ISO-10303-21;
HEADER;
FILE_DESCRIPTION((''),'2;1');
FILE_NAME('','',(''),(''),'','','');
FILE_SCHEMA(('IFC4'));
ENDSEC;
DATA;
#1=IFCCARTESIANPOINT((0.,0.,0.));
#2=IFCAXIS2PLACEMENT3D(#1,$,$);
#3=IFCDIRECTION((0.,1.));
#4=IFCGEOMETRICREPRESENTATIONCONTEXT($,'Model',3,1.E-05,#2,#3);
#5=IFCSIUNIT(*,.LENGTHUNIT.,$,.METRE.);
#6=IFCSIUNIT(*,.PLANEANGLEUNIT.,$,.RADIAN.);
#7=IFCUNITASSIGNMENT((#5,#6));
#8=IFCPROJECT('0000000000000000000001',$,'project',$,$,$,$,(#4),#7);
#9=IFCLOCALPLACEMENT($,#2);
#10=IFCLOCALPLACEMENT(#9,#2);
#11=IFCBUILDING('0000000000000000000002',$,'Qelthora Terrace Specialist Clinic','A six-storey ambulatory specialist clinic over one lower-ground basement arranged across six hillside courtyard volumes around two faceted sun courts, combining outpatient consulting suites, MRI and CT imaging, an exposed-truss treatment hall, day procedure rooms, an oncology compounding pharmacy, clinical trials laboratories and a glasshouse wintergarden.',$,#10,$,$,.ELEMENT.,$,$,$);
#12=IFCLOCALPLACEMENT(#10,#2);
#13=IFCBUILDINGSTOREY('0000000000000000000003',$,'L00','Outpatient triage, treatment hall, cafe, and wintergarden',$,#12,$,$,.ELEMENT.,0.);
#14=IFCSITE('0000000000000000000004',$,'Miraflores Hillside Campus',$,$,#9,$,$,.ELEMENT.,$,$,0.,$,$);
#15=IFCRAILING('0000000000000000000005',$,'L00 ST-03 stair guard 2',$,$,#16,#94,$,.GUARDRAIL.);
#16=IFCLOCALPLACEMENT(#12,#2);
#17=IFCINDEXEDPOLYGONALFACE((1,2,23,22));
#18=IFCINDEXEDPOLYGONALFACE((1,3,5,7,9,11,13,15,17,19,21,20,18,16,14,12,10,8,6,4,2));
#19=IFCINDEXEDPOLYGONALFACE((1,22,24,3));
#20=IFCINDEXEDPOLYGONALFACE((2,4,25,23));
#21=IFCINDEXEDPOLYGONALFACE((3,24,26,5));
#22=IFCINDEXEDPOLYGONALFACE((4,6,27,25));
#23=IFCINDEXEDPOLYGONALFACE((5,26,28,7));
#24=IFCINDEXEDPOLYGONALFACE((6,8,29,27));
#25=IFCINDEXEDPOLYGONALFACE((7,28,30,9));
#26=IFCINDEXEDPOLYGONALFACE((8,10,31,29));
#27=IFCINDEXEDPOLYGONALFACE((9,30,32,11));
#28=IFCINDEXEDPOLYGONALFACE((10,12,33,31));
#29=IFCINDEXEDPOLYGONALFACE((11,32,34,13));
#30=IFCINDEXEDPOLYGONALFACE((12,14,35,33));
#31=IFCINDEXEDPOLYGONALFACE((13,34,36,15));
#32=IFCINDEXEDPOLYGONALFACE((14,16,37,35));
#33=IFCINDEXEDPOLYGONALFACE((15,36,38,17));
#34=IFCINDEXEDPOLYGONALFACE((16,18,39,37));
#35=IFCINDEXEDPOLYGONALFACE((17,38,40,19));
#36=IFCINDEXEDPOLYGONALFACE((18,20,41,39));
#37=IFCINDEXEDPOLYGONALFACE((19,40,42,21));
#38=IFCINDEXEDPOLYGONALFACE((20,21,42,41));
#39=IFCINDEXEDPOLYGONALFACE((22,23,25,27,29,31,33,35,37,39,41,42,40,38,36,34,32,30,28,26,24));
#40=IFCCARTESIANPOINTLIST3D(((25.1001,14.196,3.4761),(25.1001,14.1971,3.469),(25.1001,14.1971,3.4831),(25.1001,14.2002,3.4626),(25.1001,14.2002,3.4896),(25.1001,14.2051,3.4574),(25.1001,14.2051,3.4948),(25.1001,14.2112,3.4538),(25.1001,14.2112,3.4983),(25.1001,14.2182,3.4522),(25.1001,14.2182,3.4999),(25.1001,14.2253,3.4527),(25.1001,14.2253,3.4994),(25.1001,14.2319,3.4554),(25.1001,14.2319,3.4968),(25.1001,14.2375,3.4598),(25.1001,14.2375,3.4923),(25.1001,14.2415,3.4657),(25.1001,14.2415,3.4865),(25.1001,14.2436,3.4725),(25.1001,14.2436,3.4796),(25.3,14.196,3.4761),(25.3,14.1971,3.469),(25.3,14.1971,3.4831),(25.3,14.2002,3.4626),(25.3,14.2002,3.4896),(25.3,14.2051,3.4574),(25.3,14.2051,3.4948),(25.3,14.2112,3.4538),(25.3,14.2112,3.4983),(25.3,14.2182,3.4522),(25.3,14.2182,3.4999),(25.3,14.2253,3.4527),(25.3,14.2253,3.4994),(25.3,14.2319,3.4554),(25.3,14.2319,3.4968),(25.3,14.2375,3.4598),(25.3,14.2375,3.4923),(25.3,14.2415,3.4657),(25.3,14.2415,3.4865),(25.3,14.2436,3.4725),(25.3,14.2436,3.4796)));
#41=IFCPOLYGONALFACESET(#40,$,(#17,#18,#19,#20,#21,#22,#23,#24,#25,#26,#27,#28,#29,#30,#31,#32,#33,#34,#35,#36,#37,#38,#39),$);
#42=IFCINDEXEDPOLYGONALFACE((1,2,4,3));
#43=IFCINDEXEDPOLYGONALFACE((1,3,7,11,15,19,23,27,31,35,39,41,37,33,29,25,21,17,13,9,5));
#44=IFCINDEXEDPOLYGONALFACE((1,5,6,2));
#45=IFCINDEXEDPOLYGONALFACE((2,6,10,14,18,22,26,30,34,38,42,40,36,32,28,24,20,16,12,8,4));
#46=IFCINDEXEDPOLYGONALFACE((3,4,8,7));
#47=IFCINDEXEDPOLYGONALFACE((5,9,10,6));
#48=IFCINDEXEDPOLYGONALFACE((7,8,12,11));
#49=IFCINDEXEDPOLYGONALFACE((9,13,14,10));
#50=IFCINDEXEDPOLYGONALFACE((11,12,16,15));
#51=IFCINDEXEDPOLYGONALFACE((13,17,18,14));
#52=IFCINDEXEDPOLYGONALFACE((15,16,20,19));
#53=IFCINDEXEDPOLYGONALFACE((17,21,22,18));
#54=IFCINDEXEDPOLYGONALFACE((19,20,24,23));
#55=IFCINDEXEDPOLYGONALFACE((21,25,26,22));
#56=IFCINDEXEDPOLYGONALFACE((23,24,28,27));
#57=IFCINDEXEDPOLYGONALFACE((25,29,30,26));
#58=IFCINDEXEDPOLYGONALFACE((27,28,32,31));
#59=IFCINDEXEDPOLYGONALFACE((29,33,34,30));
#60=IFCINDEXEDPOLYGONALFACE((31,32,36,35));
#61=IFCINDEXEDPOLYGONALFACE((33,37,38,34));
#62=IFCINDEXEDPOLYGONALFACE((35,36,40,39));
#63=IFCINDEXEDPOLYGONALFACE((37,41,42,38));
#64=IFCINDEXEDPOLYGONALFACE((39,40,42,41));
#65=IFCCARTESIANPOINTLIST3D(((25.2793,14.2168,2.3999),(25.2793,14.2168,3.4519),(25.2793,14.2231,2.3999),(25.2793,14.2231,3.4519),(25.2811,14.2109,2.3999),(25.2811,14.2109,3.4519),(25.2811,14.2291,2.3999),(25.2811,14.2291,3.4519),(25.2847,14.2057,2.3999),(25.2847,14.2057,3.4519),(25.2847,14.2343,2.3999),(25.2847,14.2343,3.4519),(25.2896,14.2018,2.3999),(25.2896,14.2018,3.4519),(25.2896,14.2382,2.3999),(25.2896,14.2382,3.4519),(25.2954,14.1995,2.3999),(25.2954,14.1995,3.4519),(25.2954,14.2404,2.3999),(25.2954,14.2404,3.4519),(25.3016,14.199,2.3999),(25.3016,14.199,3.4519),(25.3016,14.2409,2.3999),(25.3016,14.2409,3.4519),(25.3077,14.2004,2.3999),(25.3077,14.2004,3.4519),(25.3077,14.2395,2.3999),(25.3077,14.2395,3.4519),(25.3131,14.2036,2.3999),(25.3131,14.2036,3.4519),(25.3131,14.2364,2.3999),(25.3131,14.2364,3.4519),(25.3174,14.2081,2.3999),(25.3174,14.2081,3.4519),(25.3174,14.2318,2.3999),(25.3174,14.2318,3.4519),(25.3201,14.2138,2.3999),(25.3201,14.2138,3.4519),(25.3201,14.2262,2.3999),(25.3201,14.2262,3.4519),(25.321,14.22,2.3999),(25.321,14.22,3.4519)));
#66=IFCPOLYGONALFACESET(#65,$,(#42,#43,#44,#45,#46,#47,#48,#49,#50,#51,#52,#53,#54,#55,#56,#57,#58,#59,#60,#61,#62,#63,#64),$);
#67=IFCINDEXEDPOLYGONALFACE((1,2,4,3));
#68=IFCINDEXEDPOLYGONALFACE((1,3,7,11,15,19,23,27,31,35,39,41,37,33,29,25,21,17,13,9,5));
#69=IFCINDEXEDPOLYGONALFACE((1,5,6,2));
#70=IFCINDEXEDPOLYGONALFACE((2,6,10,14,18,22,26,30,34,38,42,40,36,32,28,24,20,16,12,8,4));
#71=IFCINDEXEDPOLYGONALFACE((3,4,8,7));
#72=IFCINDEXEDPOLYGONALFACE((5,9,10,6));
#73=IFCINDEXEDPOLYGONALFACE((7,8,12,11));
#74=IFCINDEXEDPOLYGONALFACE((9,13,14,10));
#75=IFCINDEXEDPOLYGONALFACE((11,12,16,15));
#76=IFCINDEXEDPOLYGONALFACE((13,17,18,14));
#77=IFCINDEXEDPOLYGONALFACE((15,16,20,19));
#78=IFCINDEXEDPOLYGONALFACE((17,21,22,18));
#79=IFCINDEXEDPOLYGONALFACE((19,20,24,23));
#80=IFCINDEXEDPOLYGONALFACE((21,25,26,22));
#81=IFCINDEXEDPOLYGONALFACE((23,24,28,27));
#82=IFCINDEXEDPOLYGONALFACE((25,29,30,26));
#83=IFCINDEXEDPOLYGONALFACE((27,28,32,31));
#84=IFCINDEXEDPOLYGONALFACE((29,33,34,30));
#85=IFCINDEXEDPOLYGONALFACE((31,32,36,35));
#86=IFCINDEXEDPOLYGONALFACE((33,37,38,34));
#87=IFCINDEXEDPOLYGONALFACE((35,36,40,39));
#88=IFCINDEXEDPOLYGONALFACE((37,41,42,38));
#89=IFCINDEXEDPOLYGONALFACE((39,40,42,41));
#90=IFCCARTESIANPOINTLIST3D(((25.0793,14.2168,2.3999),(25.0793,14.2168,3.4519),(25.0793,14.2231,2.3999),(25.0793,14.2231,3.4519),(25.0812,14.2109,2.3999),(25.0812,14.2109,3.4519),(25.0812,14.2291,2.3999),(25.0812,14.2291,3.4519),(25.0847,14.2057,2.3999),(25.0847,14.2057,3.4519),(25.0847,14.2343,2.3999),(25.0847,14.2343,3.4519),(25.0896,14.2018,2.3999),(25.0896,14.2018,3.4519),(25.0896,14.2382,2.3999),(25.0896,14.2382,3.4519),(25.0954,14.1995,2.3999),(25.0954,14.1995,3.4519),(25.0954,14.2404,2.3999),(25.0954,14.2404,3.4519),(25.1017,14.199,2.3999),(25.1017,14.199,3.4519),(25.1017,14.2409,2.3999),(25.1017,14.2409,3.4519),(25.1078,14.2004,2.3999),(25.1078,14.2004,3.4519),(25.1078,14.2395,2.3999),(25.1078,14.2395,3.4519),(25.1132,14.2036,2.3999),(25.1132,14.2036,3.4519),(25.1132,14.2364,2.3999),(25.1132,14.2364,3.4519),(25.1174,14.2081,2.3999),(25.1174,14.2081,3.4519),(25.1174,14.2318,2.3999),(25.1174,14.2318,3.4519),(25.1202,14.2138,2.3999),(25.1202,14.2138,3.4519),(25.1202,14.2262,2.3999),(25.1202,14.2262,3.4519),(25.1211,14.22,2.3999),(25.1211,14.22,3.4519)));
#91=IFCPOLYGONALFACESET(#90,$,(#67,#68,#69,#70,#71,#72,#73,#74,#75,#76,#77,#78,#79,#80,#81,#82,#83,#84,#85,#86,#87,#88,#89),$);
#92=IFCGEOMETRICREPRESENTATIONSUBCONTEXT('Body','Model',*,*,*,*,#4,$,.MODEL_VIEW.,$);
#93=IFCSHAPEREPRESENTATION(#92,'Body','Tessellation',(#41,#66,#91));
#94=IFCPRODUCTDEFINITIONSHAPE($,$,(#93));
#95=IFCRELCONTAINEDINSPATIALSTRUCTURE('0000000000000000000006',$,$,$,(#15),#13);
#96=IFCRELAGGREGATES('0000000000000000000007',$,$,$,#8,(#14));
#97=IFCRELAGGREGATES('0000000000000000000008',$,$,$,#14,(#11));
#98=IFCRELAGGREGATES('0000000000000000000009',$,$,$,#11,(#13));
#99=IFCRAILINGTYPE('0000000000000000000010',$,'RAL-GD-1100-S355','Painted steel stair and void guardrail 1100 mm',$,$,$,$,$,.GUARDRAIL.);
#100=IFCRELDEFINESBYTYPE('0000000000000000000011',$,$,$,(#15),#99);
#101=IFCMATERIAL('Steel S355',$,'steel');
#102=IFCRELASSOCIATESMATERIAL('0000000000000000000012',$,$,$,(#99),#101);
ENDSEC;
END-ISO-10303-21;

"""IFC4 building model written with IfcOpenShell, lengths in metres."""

from ifc_helpers import new_model, si_unit, direction, frame, origin, origin_2d, place, context, subcontext, project, spatial, circle, extrude, material, type_object, element, save


model = new_model("IFC4")

# Units and contexts
model_context = context("Model", 3, precision=1e-05, world=origin(), true_north=direction((0.0, 1.0)))
body_context = subcontext(model_context, "Body", "Model", "MODEL_VIEW")
ifc_project = project(units=[si_unit("LENGTHUNIT", "METRE"), si_unit("PLANEANGLEUNIT", "RADIAN")], contexts=[model_context])

# Site, building, storey
site_placement = place(None, origin())
site = spatial("IfcSite", under=ifc_project, at=site_placement, Name="Miraflores Hillside Campus", CompositionType="ELEMENT", RefElevation=0.0)
building_placement = place(site_placement, origin())
building = spatial("IfcBuilding", under=site, at=building_placement, Name="Qelthora Terrace Specialist Clinic", Description="A six-storey ambulatory specialist clinic over one lower-ground basement arranged across six hillside courtyard volumes around two faceted sun courts, combining outpatient consulting suites, MRI and CT imaging, an exposed-truss treatment hall, day procedure rooms, an oncology compounding pharmacy, clinical trials laboratories and a glasshouse wintergarden.", CompositionType="ELEMENT")
storey_placement = place(building_placement, origin())
storey = spatial("IfcBuildingStorey", under=building, at=storey_placement, Name="L00", Description="Outpatient triage, treatment hall, cafe, and wintergarden", CompositionType="ELEMENT", Elevation=0.0)

# Shared definitions
ifc_material_1 = material(Name="Steel S355", Category="steel")

# Railing
railing_type_1 = type_object("IfcRailingType", Name="RAL-GD-1100-S355", Description="Painted steel stair and void guardrail 1100 mm", PredefinedType="GUARDRAIL", material=ifc_material_1)
railing_1_placement = place(storey_placement, frame((25.3, 14.22, 2.3999)))
element("IfcRailing", 1, at=railing_1_placement, inside=storey, type_object=railing_type_1, Name="L00 ST-03 stair guard 2", PredefinedType="GUARDRAIL", context=body_context, shape_type="SweptSolid", body=[
    extrude(circle(Radius=0.0239, at=origin_2d()), frame((0.0, 0.0, 1.0762), z_axis=(-1.0, 0.0, 0.0), x_axis=(0.0, -1.0, 0.0)), (0.0, 0.0, 1.0), 0.2),
    extrude(circle(Radius=0.021, at=origin_2d()), origin(), (0.0, 0.0, 1.0), 1.052),
    extrude(circle(Radius=0.021, at=origin_2d()), frame((-0.2, 0.0, 0.0)), (0.0, 0.0, 1.0), 1.052),
])

save(model, "model.ifc")
